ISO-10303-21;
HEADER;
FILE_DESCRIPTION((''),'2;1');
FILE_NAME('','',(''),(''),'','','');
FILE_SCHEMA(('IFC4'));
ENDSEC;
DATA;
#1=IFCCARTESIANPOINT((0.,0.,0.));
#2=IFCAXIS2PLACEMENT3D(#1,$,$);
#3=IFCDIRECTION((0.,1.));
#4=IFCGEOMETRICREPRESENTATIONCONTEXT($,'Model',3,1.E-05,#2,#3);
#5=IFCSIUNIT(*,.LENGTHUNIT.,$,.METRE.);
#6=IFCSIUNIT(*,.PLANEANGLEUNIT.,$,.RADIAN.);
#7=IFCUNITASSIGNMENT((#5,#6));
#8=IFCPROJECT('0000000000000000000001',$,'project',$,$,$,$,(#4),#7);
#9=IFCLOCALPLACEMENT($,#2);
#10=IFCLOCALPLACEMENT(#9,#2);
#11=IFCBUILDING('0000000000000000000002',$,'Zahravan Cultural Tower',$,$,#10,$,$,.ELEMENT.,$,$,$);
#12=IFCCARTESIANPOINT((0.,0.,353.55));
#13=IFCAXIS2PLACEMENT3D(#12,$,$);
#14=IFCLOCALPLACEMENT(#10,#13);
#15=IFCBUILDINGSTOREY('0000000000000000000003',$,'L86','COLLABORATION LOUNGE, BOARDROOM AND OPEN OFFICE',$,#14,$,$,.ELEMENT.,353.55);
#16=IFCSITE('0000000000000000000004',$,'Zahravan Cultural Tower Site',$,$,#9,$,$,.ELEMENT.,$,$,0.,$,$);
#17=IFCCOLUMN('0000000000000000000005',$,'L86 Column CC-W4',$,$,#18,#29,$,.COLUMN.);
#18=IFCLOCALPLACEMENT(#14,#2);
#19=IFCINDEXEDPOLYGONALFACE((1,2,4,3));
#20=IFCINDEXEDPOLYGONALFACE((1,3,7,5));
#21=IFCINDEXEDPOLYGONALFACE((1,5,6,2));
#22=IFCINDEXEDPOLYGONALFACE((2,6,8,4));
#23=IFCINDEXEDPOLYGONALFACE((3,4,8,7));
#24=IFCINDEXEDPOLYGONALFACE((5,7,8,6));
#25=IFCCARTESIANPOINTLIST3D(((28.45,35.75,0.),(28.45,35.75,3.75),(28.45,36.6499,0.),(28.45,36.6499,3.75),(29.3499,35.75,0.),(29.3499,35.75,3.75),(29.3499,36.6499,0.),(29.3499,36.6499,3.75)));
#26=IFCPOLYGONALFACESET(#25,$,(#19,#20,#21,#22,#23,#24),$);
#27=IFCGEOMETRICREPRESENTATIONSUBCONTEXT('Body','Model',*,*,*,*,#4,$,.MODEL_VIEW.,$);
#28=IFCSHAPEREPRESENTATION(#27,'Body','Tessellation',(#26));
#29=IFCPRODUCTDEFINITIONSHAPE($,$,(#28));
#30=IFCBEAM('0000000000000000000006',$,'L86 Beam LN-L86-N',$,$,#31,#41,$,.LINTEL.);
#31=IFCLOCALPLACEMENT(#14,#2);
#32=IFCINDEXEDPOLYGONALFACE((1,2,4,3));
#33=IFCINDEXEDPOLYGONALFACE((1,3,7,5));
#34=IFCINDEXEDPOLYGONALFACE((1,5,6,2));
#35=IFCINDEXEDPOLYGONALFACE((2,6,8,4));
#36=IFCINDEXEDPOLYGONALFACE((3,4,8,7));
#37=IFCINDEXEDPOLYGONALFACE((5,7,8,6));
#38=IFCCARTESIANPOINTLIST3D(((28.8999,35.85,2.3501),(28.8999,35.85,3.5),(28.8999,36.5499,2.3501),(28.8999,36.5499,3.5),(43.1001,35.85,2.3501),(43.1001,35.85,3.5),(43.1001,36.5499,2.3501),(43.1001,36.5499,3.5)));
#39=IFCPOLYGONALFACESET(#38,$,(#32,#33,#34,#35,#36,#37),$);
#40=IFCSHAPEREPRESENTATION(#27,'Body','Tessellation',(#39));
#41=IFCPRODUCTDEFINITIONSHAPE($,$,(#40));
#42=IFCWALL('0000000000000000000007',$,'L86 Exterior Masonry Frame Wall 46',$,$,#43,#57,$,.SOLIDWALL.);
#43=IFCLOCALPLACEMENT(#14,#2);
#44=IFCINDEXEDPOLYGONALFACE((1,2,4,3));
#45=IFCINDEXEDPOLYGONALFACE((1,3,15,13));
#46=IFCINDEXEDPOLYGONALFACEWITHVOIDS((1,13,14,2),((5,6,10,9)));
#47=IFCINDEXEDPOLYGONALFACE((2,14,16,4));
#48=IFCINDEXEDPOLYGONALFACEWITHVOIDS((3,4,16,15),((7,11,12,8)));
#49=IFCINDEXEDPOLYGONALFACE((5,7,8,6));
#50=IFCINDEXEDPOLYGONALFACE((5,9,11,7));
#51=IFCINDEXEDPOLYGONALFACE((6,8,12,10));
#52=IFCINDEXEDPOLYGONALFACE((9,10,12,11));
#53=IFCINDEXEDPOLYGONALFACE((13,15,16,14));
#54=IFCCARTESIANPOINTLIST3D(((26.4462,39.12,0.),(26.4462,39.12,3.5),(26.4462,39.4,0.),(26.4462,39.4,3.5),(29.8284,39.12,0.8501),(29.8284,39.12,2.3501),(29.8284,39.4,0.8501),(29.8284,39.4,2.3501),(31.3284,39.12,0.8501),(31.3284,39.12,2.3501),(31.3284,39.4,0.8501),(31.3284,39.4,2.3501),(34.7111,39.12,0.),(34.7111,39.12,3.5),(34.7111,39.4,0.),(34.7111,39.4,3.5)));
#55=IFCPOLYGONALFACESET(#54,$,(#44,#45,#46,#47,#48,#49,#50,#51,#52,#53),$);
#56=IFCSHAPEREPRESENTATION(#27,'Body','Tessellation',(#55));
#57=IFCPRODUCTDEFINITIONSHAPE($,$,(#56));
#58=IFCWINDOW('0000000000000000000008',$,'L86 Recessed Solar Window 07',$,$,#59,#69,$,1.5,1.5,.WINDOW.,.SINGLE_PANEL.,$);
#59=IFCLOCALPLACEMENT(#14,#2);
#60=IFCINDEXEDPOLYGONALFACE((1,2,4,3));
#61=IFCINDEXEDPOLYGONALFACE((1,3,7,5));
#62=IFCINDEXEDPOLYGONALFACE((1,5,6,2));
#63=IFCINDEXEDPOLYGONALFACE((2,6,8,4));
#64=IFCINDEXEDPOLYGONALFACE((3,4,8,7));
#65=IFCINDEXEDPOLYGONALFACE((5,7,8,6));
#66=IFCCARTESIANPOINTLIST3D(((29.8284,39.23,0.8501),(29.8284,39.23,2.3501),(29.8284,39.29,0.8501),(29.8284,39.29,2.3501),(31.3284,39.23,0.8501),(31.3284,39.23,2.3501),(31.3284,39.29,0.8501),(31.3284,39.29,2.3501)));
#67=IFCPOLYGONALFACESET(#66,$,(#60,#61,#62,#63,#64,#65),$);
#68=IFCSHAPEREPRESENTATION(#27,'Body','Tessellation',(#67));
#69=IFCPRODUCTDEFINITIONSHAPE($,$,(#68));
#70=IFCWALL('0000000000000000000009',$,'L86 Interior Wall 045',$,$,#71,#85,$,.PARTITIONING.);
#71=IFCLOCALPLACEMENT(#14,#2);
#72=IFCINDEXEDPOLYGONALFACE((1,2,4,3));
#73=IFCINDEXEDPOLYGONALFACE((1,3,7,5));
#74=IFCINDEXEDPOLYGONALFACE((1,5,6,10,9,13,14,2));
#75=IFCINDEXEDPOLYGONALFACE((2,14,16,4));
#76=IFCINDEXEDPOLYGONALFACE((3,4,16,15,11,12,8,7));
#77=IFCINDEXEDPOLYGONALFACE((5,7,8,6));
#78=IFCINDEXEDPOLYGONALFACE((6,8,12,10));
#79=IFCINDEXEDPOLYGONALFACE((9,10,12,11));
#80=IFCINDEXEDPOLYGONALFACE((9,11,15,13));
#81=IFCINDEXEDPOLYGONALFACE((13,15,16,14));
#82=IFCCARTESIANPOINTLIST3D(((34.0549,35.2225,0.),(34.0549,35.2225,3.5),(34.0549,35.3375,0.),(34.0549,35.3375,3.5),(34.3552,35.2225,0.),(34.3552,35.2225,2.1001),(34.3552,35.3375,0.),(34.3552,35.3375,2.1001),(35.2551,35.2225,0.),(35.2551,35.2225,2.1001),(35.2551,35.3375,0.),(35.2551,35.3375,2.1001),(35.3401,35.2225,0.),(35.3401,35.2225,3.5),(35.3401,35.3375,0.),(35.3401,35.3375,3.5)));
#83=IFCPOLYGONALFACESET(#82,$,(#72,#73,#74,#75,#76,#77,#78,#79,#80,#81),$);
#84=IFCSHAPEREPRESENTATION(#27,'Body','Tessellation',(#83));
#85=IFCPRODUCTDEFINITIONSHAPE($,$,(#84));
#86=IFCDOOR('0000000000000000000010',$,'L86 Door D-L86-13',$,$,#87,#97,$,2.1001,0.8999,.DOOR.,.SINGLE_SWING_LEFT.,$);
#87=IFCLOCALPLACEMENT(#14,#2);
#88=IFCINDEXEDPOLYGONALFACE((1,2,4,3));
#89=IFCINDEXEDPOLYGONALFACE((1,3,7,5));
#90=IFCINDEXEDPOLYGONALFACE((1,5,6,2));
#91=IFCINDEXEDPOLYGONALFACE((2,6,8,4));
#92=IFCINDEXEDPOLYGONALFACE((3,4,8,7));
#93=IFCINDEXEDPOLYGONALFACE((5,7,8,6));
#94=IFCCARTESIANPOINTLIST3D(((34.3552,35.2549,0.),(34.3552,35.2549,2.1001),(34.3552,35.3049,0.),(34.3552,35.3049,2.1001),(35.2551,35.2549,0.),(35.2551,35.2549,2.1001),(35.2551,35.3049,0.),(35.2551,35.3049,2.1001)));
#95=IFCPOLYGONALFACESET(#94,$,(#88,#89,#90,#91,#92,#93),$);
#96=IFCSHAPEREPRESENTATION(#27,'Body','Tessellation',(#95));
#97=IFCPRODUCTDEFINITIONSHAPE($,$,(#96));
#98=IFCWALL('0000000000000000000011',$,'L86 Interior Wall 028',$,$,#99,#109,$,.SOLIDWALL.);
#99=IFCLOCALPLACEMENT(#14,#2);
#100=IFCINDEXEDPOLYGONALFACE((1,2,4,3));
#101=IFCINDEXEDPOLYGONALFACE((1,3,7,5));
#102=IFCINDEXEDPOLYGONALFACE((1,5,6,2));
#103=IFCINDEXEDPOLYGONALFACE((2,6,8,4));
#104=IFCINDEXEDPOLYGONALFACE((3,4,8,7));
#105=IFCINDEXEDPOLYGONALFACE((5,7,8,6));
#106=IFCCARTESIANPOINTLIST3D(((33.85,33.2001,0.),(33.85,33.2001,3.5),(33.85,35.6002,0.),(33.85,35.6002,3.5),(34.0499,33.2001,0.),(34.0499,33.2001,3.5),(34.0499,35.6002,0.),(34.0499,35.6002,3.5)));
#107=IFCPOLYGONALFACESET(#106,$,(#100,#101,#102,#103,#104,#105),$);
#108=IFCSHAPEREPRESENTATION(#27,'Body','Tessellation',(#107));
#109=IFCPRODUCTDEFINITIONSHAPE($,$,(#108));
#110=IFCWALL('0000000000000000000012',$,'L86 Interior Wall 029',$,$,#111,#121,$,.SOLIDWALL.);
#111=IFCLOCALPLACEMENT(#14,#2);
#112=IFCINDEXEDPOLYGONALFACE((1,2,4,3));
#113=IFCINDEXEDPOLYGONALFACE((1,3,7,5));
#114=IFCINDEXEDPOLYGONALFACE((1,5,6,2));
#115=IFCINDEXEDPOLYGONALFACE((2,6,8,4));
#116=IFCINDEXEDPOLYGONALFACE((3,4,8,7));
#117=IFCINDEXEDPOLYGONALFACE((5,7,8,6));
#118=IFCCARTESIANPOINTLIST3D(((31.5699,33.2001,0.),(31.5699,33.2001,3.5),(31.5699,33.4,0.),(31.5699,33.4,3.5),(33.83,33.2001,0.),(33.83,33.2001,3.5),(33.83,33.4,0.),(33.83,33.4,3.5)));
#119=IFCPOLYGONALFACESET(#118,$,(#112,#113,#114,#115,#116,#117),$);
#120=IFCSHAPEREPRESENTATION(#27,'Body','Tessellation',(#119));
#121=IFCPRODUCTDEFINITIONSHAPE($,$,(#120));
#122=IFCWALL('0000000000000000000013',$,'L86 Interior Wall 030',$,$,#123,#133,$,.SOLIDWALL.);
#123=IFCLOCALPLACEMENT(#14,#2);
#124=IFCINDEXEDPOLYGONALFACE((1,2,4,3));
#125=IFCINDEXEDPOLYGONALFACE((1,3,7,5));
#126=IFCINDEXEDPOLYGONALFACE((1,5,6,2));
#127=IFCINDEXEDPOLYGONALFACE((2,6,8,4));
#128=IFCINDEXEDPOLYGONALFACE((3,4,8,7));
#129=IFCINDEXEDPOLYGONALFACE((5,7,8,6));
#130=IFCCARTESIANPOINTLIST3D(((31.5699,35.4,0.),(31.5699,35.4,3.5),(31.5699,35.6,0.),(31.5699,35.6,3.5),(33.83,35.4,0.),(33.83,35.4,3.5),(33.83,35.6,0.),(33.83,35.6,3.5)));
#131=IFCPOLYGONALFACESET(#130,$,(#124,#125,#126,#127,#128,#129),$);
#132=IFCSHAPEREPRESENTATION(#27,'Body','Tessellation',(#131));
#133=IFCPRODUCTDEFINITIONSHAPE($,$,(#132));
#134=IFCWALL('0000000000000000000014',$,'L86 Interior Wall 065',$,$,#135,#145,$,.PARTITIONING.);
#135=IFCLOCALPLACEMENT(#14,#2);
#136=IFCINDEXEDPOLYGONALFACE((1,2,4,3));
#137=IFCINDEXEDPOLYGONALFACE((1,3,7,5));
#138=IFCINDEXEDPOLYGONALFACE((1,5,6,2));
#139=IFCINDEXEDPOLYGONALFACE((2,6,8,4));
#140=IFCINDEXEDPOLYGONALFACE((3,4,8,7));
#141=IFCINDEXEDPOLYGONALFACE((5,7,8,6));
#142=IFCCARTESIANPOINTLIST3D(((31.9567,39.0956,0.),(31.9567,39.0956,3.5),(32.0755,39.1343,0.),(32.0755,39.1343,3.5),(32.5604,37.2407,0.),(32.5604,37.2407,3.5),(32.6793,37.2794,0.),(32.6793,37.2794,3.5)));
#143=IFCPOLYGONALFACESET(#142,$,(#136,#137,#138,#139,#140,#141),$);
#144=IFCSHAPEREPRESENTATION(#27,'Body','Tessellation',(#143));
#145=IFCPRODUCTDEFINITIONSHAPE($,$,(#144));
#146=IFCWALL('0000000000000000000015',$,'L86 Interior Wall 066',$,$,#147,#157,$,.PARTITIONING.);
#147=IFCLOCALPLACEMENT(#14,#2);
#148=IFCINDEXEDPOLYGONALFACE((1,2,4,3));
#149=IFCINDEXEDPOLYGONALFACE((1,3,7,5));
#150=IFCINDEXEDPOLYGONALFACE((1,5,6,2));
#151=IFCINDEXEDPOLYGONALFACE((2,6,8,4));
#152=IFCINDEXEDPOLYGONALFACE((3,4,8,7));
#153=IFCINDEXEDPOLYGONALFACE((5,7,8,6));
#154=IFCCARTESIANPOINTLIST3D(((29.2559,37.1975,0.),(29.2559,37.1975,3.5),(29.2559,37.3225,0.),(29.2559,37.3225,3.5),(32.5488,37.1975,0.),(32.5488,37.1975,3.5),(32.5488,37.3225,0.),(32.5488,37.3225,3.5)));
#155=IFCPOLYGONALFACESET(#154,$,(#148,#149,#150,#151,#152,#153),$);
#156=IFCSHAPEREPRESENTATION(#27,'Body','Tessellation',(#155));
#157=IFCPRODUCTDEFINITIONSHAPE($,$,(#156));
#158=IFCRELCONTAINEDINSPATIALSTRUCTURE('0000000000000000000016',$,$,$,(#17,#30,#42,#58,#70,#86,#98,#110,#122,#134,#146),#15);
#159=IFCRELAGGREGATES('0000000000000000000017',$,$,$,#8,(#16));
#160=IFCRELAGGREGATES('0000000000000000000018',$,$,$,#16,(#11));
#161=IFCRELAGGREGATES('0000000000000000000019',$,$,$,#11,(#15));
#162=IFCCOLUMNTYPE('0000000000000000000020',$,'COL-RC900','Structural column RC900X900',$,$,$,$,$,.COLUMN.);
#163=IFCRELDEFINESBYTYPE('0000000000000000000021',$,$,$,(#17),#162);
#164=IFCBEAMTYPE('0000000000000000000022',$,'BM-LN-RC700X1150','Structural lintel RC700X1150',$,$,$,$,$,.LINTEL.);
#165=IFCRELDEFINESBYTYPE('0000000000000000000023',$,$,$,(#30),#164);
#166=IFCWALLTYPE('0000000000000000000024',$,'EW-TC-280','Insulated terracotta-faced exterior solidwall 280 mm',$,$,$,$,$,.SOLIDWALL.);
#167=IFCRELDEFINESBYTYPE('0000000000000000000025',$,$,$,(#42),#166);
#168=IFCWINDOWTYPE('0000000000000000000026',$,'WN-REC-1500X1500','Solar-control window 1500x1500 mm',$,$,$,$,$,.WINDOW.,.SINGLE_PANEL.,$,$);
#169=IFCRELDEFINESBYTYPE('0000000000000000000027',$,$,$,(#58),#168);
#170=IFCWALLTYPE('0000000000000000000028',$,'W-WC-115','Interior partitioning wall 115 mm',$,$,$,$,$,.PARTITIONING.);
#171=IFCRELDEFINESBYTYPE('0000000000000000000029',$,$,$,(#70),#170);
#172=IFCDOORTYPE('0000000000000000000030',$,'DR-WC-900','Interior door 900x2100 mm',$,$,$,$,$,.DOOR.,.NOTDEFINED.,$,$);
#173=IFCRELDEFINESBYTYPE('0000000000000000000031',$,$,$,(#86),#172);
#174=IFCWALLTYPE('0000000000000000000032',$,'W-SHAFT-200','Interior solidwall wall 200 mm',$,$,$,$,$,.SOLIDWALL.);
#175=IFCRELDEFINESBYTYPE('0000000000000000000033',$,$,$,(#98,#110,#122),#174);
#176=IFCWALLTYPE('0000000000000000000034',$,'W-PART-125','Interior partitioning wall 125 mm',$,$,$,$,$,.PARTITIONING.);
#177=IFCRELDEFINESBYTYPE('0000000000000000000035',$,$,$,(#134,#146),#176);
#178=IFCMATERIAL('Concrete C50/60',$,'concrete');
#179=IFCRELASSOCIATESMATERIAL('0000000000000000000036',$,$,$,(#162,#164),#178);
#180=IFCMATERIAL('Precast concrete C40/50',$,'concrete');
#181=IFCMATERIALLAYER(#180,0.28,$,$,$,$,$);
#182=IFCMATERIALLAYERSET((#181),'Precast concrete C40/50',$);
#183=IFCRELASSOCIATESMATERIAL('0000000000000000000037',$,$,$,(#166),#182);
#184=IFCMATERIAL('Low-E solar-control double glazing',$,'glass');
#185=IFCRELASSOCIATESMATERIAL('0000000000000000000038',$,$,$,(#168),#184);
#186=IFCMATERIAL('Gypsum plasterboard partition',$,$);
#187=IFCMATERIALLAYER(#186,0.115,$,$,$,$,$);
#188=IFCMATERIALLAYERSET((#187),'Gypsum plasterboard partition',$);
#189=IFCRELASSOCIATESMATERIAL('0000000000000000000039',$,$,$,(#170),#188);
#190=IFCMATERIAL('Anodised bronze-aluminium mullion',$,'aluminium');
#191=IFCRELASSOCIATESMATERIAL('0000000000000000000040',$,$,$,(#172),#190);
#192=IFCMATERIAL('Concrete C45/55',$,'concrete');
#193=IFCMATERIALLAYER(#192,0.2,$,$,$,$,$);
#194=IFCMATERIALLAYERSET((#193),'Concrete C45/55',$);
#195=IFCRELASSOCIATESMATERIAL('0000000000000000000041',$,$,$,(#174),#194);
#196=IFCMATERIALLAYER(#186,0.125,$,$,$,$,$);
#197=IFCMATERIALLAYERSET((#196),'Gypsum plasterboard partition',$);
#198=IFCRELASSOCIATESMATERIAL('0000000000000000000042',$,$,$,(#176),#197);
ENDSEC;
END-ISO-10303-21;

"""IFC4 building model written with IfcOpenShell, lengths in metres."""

from ifc_helpers import new_model, si_unit, direction, frame, frame_2d, origin, origin_2d, place, context, subcontext, project, spatial, rectangle, extrude, source, transform, mapped, material, layer, layer_set, material_profile, profile_set, type_object, element, fill, save


model = new_model("IFC4")

# Units and contexts
model_context = context("Model", 3, precision=1e-05, world=origin(), true_north=direction((0.0, 1.0)))
body_context = subcontext(model_context, "Body", "Model", "MODEL_VIEW")
ifc_project = project(units=[si_unit("LENGTHUNIT", "METRE"), si_unit("PLANEANGLEUNIT", "RADIAN")], contexts=[model_context])

# Site, building, storey
site_placement = place(None, origin())
site = spatial("IfcSite", under=ifc_project, at=site_placement, Name="Zahravan Cultural Tower Site", CompositionType="ELEMENT", RefElevation=0.0)
building_placement = place(site_placement, origin())
building = spatial("IfcBuilding", under=site, at=building_placement, Name="Zahravan Cultural Tower", CompositionType="ELEMENT")
storey_placement = place(building_placement, frame((0.0, 0.0, 353.55)))
storey = spatial("IfcBuildingStorey", under=building, at=storey_placement, Name="L86", Description="COLLABORATION LOUNGE, BOARDROOM AND OPEN OFFICE", CompositionType="ELEMENT", Elevation=353.55)

# Column
ifc_material_1 = material(Name="Concrete C50/60", Category="concrete")
ifc_material_profile_1 = material_profile(ifc_material_1, rectangle(XDim=0.8999, YDim=0.8999, at=origin_2d()), Name="RC900X900")
ifc_profile_set_1 = profile_set([ifc_material_profile_1], Name="Concrete C50/60")
column_type = type_object("IfcColumnType", Name="COL-RC900", Description="Structural column RC900X900", PredefinedType="COLUMN", material=ifc_profile_set_1)
shared_shape_1 = source(origin(), body_context, "Body", "SweptSolid", [
    extrude(rectangle(XDim=0.8999, YDim=0.8999, at=origin_2d()), origin(), (0.0, 0.0, 1.0), 3.75),
])
column_placement = place(storey_placement, frame((28.8999, 36.2, 0.0), z_axis=(0.0, 0.0, 1.0), x_axis=(1.0, 0.0, 0.0)))
element("IfcColumn", 1, at=column_placement, inside=storey, type_object=column_type, Name="L86 Column CC-W4", PredefinedType="COLUMN", context=body_context, shape_type="MappedRepresentation", body=[
    mapped(shared_shape_1, transform((0.0, 0.0, 0.0), x_axis=(1.0, 0.0, 0.0), y_axis=(0.0, 1.0, 0.0), z_axis=(0.0, 0.0, 1.0), scale=1.0)),
])

# Beam
ifc_material_profile_2 = material_profile(ifc_material_1, rectangle(XDim=0.7, YDim=1.1499, at=origin_2d()), Name="RC700X1150")
ifc_profile_set_2 = profile_set([ifc_material_profile_2], Name="Concrete C50/60")
beam_type = type_object("IfcBeamType", Name="BM-LN-RC700X1150", Description="Structural lintel RC700X1150", PredefinedType="LINTEL", material=ifc_profile_set_2)
shared_shape_2 = source(origin(), body_context, "Body", "SweptSolid", [
    extrude(rectangle(XDim=0.7, YDim=1.1499, at=origin_2d()), origin(), (0.0, 0.0, 1.0), 14.2002),
])
beam_placement = place(storey_placement, frame((28.8999, 36.2, 2.925), z_axis=(1.0, 0.0, 0.0), x_axis=(0.0, 1.0, 0.0)))
element("IfcBeam", 2, at=beam_placement, inside=storey, type_object=beam_type, Name="L86 Beam LN-L86-N", PredefinedType="LINTEL", context=body_context, shape_type="MappedRepresentation", body=[
    mapped(shared_shape_2, transform((0.0, 0.0, 0.0), x_axis=(1.0, 0.0, 0.0), y_axis=(0.0, 1.0, 0.0), z_axis=(0.0, 0.0, 1.0), scale=1.0)),
])

# Shared definitions
ifc_material_2 = material(Name="Precast concrete C40/50", Category="concrete")
ifc_layer_1 = layer(ifc_material_2, 0.28)
ifc_layer_set_1 = layer_set([ifc_layer_1], Name="Precast concrete C40/50")
wall_type_1 = type_object("IfcWallType", Name="EW-TC-280", Description="Insulated terracotta-faced exterior solidwall 280 mm", PredefinedType="SOLIDWALL", material=ifc_layer_set_1)
ifc_material_3 = material(Name="Anodised bronze-aluminium mullion", Category="aluminium")

# Wall, opening, window
wall_1_placement = place(storey_placement, frame((26.4463, 39.26, 0.0), z_axis=(0.0, 0.0, 1.0), x_axis=(1.0, 0.0, 0.0)))
wall_1 = element("IfcWall", 3, at=wall_1_placement, inside=storey, type_object=wall_type_1, Name="L86 Exterior Masonry Frame Wall 46", PredefinedType="SOLIDWALL", context=body_context, shape_type="SweptSolid", body=[
    extrude(rectangle(XDim=8.2649, YDim=0.28, at=frame_2d((4.1323, 0.0))), origin(), (0.0, 0.0, 1.0), 3.5),
])
opening_1_placement = place(wall_1_placement, frame((3.3821, 0.0, 0.8501)))
opening_1 = element("IfcOpeningElement", 4, at=opening_1_placement, cuts=wall_1, PredefinedType="OPENING", context=body_context, shape_type="SweptSolid", body=[
    extrude(rectangle(XDim=1.5, YDim=1.5, at=frame_2d((0.75, 0.75))), frame((0.0, 0.1499, 0.0), z_axis=(0.0, -1.0, 0.0), x_axis=(1.0, 0.0, 0.0)), (0.0, 0.0, 1.0), 0.3),
])
ifc_material_4 = material(Name="Low-E solar-control double glazing", Category="glass")
window_type = type_object("IfcWindowType", Name="WN-REC-1500X1500", Description="Solar-control window 1500x1500 mm", PartitioningType="SINGLE_PANEL", PredefinedType="WINDOW", material=ifc_material_4)
shared_shape_3 = source(origin(), body_context, "Body", "SweptSolid", [
    extrude(rectangle(XDim=1.5, YDim=1.5, at=frame_2d((0.75, 0.75))), frame((0.0, 0.03, 0.0), z_axis=(0.0, -1.0, 0.0), x_axis=(1.0, 0.0, 0.0)), (0.0, 0.0, 1.0), 0.0601),
])
window_placement = place(opening_1_placement, origin())
window = element("IfcWindow", 5, at=window_placement, inside=storey, type_object=window_type, Name="L86 Recessed Solar Window 07", OverallHeight=1.5, OverallWidth=1.5, PartitioningType="SINGLE_PANEL", PredefinedType="WINDOW", context=body_context, shape_type="MappedRepresentation", body=[
    mapped(shared_shape_3, transform((0.0, 0.0, 0.0), x_axis=(1.0, 0.0, 0.0), y_axis=(0.0, 1.0, 0.0), z_axis=(0.0, 0.0, 1.0), scale=1.0)),
])
fill(opening_1, window)

# Wall, opening, door
ifc_material_5 = material(Name="Gypsum plasterboard partition")
ifc_layer_2 = layer(ifc_material_5, 0.115)
ifc_layer_set_2 = layer_set([ifc_layer_2], Name="Gypsum plasterboard partition")
wall_type_2 = type_object("IfcWallType", Name="W-WC-115", Description="Interior partitioning wall 115 mm", PredefinedType="PARTITIONING", material=ifc_layer_set_2)
wall_2_placement = place(storey_placement, frame((34.0549, 35.28, 0.0), z_axis=(0.0, 0.0, 1.0), x_axis=(1.0, 0.0, 0.0)))
wall_2 = element("IfcWall", 6, at=wall_2_placement, inside=storey, type_object=wall_type_2, Name="L86 Interior Wall 045", PredefinedType="PARTITIONING", context=body_context, shape_type="SweptSolid", body=[
    extrude(rectangle(XDim=1.2852, YDim=0.115, at=frame_2d((0.6426, 0.0))), origin(), (0.0, 0.0, 1.0), 3.5),
])
opening_2_placement = place(wall_2_placement, frame((0.3003, 0.0, 0.0)))
opening_2 = element("IfcOpeningElement", 7, at=opening_2_placement, cuts=wall_2, PredefinedType="OPENING", context=body_context, shape_type="SweptSolid", body=[
    extrude(rectangle(XDim=0.8999, YDim=2.1001, at=frame_2d((0.45, 1.05))), frame((0.0, 0.0674, 0.0), z_axis=(0.0, -1.0, 0.0), x_axis=(1.0, 0.0, 0.0)), (0.0, 0.0, 1.0), 0.135),
])
door_type_1 = type_object("IfcDoorType", Name="DR-WC-900", Description="Interior door 900x2100 mm", OperationType="NOTDEFINED", PredefinedType="DOOR", material=ifc_material_3)
shared_shape_4 = source(origin(), body_context, "Body", "SweptSolid", [
    extrude(rectangle(XDim=0.8999, YDim=2.1001, at=frame_2d((0.45, 1.05))), frame((0.0, 0.0249, 0.0), z_axis=(0.0, -1.0, 0.0), x_axis=(1.0, 0.0, 0.0)), (0.0, 0.0, 1.0), 0.05),
])
door_1_placement = place(opening_2_placement, origin())
door_1 = element("IfcDoor", 8, at=door_1_placement, inside=storey, type_object=door_type_1, Name="L86 Door D-L86-13", OperationType="SINGLE_SWING_LEFT", OverallHeight=2.1001, OverallWidth=0.8999, PredefinedType="DOOR", context=body_context, shape_type="MappedRepresentation", body=[
    mapped(shared_shape_4, transform((0.0, 0.0, 0.0), x_axis=(1.0, 0.0, 0.0), y_axis=(0.0, 1.0, 0.0), z_axis=(0.0, 0.0, 1.0), scale=1.0)),
])
fill(opening_2, door_1)

# Walls
ifc_material_6 = material(Name="Concrete C45/55", Category="concrete")
ifc_layer_3 = layer(ifc_material_6, 0.2)
ifc_layer_set_3 = layer_set([ifc_layer_3], Name="Concrete C45/55")
wall_type_3 = type_object("IfcWallType", Name="W-SHAFT-200", Description="Interior solidwall wall 200 mm", PredefinedType="SOLIDWALL", material=ifc_layer_set_3)
shared_shape_5 = source(origin(), body_context, "Body", "SweptSolid", [
    extrude(rectangle(XDim=2.4001, YDim=0.2, at=frame_2d((1.2002, 0.0))), origin(), (0.0, 0.0, 1.0), 3.5),
])
wall_3_placement = place(storey_placement, frame((33.95, 33.2, 0.0), z_axis=(0.0, 0.0, 1.0), x_axis=(0.0, 1.0, 0.0)))
element("IfcWall", 9, at=wall_3_placement, inside=storey, type_object=wall_type_3, Name="L86 Interior Wall 028", PredefinedType="SOLIDWALL", context=body_context, shape_type="MappedRepresentation", body=[
    mapped(shared_shape_5, transform((0.0, 0.0, 0.0), x_axis=(1.0, 0.0, 0.0), y_axis=(0.0, 1.0, 0.0), z_axis=(0.0, 0.0, 1.0), scale=1.0)),
])
shared_shape_6 = source(origin(), body_context, "Body", "SweptSolid", [
    extrude(rectangle(XDim=2.26, YDim=0.2, at=frame_2d((1.1299, 0.0))), origin(), (0.0, 0.0, 1.0), 3.5),
])
for number, where, z_axis, x_axis, name in (
    (10, (31.5701, 33.3, 0.0), (0.0, 0.0, 1.0), (1.0, 0.0, 0.0), "L86 Interior Wall 029"),
    (11, (31.5701, 35.5, 0.0), (0.0, 0.0, 1.0), (1.0, 0.0, 0.0), "L86 Interior Wall 030"),
):
    element("IfcWall", number, at=place(storey_placement, frame(where, z_axis=z_axis, x_axis=x_axis)), inside=storey, type_object=wall_type_3, Name=name, PredefinedType="SOLIDWALL", context=body_context, shape_type="MappedRepresentation", body=[
        mapped(shared_shape_6, transform((0.0, 0.0, 0.0), x_axis=(1.0, 0.0, 0.0), y_axis=(0.0, 1.0, 0.0), z_axis=(0.0, 0.0, 1.0), scale=1.0)),
    ])
ifc_layer_4 = layer(ifc_material_5, 0.125)
ifc_layer_set_4 = layer_set([ifc_layer_4], Name="Gypsum plasterboard partition")
wall_type_4 = type_object("IfcWallType", Name="W-PART-125", Description="Interior partitioning wall 125 mm", PredefinedType="PARTITIONING", material=ifc_layer_set_4)
shared_shape_7 = source(origin(), body_context, "Body", "SweptSolid", [
    extrude(rectangle(XDim=1.9507, YDim=0.125, at=frame_2d((0.9753, 0.0))), origin(), (0.0, 0.0, 1.0), 3.5),
])
wall_4_placement = place(storey_placement, frame((32.0161, 39.115, 0.0), z_axis=(0.0, 0.0, 1.0), x_axis=(0.309499, -0.9509, 0.0)))
element("IfcWall", 12, at=wall_4_placement, inside=storey, type_object=wall_type_4, Name="L86 Interior Wall 065", PredefinedType="PARTITIONING", context=body_context, shape_type="MappedRepresentation", body=[
    mapped(shared_shape_7, transform((0.0, 0.0, 0.0), x_axis=(1.0, 0.0, 0.0), y_axis=(0.0, 1.0, 0.0), z_axis=(0.0, 0.0, 1.0), scale=1.0)),
])
shared_shape_8 = source(origin(), body_context, "Body", "SweptSolid", [
    extrude(rectangle(XDim=3.293, YDim=0.125, at=frame_2d((1.6465, 0.0))), origin(), (0.0, 0.0, 1.0), 3.5),
])
wall_5_placement = place(storey_placement, frame((32.5488, 37.26, 0.0), z_axis=(0.0, 0.0, 1.0), x_axis=(-1.0, 0.0, 0.0)))
element("IfcWall", 13, at=wall_5_placement, inside=storey, type_object=wall_type_4, Name="L86 Interior Wall 066", PredefinedType="PARTITIONING", context=body_context, shape_type="MappedRepresentation", body=[
    mapped(shared_shape_8, transform((0.0, 0.0, 0.0), x_axis=(1.0, 0.0, 0.0), y_axis=(0.0, 1.0, 0.0), z_axis=(0.0, 0.0, 1.0), scale=1.0)),
])

save(model, "model.ifc")
